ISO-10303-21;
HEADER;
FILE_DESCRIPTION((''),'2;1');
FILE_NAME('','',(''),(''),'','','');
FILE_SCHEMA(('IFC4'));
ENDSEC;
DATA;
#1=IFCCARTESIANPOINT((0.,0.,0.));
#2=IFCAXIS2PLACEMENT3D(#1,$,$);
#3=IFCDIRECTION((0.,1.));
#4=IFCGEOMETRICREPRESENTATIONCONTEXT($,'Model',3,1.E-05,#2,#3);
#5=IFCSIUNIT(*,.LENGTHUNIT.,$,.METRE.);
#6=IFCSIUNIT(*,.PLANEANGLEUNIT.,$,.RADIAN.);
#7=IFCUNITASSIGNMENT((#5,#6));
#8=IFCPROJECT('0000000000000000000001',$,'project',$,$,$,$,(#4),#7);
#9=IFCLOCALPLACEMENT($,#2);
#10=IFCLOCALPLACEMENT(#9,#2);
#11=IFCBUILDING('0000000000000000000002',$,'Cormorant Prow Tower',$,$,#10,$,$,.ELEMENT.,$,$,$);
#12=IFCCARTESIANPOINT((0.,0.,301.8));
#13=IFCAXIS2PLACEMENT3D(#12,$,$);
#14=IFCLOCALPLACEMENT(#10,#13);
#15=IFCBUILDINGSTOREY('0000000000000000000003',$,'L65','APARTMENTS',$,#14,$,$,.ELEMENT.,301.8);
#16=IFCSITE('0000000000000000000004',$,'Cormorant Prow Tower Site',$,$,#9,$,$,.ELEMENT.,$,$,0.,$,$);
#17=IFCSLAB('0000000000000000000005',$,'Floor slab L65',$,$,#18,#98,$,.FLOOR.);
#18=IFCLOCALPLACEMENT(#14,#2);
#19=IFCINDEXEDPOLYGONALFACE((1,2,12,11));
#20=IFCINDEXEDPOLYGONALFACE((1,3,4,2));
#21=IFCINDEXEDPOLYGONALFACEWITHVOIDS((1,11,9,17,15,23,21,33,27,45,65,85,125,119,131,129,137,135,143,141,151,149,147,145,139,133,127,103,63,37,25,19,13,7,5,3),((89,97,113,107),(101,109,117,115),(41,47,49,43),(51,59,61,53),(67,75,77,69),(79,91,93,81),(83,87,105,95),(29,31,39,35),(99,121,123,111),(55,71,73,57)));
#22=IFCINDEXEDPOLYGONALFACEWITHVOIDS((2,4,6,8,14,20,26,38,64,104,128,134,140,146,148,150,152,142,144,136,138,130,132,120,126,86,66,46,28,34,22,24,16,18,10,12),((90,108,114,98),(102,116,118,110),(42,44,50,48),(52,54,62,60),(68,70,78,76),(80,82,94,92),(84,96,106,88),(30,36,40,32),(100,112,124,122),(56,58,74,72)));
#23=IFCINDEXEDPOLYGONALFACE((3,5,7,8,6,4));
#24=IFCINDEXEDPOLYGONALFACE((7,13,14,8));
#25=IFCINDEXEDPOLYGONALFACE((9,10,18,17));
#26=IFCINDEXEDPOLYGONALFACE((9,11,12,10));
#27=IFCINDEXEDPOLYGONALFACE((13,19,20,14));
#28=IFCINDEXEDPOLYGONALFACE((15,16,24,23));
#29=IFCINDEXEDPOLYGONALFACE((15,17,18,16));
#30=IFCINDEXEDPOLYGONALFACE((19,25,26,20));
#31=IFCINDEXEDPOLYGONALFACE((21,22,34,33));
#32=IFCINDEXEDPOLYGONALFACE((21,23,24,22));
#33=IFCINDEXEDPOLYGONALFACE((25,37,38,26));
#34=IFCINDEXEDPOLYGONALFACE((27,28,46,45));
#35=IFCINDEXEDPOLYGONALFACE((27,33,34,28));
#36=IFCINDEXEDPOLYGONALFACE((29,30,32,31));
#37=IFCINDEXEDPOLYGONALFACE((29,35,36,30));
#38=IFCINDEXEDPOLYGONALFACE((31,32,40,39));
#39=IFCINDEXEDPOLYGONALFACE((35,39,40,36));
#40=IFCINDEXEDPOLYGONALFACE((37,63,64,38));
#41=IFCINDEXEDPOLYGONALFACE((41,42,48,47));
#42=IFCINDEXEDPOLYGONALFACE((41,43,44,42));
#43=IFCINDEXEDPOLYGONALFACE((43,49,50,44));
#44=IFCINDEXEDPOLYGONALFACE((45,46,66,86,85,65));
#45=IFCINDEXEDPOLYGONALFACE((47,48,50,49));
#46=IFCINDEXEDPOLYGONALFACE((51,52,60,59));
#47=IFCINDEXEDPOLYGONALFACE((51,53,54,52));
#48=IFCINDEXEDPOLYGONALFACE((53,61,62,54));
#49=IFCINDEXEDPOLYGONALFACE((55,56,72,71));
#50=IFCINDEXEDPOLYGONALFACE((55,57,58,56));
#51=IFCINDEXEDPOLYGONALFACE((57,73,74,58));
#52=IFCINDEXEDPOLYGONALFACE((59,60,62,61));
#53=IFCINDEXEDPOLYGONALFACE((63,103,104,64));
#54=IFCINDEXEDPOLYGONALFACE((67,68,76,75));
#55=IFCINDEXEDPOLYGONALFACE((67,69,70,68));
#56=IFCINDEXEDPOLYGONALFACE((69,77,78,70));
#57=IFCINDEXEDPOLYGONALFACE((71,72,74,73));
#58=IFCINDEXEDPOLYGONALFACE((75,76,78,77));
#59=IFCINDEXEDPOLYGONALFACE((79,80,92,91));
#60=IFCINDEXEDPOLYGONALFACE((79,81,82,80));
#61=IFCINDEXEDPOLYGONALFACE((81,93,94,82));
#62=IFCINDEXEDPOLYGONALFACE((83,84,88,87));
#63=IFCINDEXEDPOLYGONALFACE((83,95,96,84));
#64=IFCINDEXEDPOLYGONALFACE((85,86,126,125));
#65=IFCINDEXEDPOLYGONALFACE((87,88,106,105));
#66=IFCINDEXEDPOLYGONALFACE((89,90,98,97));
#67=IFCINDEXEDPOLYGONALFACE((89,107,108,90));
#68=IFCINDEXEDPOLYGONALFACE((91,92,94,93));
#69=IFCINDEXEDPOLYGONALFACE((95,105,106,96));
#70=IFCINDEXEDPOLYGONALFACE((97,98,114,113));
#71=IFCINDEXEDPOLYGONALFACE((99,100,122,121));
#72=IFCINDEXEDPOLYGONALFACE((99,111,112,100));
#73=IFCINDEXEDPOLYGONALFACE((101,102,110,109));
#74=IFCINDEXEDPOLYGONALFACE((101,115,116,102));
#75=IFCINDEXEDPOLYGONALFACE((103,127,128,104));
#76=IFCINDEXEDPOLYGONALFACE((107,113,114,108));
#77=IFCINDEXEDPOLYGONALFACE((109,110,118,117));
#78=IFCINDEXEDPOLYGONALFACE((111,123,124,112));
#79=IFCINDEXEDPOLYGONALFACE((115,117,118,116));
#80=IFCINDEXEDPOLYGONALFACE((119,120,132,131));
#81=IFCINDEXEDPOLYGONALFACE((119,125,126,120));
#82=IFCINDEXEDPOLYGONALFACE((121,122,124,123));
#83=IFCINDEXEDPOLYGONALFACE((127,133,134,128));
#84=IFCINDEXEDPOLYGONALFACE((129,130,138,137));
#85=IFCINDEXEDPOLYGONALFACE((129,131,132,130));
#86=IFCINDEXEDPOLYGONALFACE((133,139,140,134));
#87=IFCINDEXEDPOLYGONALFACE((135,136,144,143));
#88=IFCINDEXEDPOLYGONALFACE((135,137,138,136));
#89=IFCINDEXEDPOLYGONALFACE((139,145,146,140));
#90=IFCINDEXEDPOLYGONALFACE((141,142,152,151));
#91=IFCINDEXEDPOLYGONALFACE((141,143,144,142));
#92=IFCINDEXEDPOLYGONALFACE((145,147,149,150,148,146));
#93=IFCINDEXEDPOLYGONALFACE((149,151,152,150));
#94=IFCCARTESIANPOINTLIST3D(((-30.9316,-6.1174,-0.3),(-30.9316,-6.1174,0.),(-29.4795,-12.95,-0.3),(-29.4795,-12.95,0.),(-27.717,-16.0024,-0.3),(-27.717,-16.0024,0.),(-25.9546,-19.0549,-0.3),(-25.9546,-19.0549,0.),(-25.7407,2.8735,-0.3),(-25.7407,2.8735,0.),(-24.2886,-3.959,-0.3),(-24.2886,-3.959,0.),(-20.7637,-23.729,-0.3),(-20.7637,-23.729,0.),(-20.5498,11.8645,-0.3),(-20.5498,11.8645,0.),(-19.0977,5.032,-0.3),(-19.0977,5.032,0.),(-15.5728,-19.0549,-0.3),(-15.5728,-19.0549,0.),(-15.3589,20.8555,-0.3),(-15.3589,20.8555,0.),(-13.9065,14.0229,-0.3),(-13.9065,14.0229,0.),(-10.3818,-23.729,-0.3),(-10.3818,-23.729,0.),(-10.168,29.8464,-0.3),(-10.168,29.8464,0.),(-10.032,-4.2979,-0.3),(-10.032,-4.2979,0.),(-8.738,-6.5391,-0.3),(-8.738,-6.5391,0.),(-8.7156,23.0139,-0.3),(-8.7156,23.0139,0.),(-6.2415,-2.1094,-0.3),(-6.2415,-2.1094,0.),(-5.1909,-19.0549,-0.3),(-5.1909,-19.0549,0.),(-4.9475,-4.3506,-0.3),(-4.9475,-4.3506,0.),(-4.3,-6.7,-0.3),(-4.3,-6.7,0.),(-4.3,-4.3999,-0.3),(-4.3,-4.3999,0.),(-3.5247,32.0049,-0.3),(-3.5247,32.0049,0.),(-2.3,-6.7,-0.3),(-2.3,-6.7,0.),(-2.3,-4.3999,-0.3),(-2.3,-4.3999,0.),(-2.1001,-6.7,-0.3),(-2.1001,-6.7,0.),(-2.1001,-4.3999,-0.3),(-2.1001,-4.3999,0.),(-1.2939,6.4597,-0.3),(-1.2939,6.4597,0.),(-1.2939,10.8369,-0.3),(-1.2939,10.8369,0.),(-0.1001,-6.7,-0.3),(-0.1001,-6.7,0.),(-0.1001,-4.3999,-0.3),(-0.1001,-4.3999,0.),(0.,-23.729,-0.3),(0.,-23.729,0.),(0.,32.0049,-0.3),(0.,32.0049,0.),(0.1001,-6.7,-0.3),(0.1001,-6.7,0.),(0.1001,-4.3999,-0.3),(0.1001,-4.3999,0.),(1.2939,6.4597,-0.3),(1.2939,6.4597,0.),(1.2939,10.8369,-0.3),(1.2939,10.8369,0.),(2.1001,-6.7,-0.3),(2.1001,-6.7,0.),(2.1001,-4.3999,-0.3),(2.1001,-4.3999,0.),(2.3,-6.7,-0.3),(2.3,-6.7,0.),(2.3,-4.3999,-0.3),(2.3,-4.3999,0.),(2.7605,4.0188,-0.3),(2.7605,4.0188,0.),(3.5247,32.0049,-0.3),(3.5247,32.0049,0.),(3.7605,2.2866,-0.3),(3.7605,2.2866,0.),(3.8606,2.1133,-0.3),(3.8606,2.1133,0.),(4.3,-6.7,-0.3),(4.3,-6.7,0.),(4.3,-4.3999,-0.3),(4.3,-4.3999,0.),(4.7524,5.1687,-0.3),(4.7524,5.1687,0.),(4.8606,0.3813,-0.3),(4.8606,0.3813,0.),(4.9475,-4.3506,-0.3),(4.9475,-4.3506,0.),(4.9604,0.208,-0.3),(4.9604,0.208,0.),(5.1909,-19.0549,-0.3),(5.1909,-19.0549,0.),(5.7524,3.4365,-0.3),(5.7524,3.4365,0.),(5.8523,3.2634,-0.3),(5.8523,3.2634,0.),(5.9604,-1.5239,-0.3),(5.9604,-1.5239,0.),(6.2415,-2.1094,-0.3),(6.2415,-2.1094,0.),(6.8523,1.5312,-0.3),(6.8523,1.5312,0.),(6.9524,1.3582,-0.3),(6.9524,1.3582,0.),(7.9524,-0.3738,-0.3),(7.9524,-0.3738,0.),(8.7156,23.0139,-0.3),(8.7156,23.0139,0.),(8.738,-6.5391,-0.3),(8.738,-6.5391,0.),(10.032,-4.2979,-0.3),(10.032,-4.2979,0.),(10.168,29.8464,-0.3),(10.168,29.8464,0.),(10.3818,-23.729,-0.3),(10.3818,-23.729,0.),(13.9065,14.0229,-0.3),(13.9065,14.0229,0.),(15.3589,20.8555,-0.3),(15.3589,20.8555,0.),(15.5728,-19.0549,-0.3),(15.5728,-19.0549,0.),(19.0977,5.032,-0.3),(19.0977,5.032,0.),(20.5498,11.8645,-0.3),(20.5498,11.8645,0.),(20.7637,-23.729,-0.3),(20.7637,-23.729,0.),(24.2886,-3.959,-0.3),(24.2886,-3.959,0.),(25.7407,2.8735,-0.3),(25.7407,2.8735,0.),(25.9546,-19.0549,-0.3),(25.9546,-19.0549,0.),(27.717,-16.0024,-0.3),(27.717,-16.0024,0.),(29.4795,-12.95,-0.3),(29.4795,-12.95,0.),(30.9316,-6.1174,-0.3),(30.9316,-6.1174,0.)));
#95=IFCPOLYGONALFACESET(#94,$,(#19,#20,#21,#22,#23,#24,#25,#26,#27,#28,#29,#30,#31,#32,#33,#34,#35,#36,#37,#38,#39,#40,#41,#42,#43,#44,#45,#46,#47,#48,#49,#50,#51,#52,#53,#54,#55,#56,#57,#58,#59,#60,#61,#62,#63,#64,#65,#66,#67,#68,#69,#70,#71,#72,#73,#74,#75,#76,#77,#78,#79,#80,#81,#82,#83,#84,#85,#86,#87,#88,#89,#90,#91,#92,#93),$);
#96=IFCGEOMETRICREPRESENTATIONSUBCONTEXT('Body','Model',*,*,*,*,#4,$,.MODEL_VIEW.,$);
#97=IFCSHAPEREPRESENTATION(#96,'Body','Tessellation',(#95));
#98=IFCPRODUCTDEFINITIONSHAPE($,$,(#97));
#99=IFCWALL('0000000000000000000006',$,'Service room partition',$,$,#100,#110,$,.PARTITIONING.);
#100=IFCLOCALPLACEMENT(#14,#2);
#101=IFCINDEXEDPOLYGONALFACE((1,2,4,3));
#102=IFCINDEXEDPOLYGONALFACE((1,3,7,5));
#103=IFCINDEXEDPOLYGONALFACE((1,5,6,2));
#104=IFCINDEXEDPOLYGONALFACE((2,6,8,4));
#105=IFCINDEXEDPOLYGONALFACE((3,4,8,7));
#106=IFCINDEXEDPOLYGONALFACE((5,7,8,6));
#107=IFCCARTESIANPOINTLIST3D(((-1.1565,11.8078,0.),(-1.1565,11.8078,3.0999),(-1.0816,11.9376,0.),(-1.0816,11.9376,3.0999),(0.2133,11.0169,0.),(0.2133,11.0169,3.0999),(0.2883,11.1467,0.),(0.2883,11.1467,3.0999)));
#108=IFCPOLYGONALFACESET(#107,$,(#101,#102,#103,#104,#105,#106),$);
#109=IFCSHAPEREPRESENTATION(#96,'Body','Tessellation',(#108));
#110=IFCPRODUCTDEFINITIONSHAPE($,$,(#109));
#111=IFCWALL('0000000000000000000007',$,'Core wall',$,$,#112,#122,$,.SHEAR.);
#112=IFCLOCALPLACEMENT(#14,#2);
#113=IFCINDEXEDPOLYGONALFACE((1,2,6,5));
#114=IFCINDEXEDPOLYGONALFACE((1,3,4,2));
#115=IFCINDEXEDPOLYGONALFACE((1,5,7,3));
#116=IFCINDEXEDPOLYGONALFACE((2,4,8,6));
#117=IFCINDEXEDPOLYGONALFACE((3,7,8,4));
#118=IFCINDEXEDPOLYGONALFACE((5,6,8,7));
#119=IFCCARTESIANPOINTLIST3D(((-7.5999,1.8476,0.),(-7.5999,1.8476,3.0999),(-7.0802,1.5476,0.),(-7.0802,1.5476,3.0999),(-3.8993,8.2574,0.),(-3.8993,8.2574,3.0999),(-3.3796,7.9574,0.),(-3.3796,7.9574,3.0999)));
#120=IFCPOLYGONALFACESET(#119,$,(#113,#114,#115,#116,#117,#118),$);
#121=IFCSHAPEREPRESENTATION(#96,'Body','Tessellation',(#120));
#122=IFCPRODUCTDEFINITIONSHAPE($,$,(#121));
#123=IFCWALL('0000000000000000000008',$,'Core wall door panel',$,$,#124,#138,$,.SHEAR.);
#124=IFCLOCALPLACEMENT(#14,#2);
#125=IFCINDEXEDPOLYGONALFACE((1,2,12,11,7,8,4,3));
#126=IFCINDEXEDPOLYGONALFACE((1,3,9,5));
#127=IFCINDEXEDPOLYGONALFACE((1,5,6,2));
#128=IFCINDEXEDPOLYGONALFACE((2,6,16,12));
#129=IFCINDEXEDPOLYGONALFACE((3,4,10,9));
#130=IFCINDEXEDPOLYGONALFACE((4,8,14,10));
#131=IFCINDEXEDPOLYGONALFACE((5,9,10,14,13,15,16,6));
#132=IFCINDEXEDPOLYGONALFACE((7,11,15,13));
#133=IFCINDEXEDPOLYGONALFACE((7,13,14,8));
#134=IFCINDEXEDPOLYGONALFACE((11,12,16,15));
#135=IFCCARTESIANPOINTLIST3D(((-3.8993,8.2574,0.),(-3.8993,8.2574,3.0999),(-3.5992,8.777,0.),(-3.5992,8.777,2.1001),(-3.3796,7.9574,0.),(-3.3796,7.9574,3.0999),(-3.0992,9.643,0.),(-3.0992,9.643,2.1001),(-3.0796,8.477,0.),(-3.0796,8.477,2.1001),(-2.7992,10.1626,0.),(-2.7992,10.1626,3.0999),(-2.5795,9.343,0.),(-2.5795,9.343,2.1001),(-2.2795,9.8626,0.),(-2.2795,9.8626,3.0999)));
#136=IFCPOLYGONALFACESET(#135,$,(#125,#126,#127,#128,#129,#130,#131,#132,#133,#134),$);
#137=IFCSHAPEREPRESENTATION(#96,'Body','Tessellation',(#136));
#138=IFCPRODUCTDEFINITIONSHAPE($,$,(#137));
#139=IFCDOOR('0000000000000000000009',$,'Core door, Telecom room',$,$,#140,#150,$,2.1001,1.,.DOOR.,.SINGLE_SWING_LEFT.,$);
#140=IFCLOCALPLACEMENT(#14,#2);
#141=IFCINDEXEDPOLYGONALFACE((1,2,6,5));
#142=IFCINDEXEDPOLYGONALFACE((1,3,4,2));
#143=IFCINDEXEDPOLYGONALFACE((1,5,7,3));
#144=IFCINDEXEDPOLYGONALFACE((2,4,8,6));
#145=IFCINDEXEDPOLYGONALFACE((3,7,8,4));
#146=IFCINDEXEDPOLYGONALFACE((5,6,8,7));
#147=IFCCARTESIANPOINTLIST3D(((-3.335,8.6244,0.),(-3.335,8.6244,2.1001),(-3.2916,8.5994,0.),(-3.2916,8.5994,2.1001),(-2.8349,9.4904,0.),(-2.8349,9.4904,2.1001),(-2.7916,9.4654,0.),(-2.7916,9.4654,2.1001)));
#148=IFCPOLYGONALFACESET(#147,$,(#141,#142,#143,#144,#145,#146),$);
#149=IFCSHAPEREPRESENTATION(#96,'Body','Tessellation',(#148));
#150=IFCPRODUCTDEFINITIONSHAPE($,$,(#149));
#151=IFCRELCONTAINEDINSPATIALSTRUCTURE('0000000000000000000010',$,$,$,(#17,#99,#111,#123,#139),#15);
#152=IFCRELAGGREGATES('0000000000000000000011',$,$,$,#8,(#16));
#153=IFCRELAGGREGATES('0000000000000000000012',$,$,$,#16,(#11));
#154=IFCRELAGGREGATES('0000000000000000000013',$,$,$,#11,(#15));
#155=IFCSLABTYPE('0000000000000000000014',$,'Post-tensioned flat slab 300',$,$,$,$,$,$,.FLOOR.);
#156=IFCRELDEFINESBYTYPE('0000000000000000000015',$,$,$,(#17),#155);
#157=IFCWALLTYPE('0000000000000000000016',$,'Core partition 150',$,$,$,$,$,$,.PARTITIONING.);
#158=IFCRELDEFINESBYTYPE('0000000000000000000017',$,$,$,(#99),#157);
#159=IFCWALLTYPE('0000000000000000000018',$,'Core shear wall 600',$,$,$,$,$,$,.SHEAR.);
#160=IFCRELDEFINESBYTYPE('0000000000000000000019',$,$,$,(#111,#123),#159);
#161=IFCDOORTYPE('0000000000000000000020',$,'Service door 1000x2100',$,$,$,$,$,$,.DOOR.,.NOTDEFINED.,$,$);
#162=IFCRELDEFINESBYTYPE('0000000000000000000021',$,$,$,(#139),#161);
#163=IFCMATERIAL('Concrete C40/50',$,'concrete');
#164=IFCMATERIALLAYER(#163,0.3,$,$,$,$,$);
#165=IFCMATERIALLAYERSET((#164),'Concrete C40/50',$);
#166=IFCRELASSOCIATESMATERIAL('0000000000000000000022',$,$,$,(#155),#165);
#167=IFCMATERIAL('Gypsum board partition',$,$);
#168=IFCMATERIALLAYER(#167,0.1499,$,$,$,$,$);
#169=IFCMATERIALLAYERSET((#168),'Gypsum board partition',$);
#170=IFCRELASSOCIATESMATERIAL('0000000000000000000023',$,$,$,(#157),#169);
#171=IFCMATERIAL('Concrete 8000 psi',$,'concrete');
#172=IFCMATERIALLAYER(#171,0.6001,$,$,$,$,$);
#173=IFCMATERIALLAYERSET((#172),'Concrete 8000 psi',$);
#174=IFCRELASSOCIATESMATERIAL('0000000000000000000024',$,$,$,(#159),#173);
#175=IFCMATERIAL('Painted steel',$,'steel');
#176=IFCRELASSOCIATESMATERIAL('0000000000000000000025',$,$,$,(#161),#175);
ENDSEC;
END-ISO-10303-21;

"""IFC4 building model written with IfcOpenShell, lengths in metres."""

from ifc_helpers import new_model, si_unit, direction, frame, frame_2d, origin, place, context, subcontext, project, spatial, polyline, rectangle, outline, extrude, material, layer, layer_set, type_object, element, fill, save


model = new_model("IFC4")

# Units and contexts
model_context = context("Model", 3, precision=1e-05, world=origin(), true_north=direction((0.0, 1.0)))
body_context = subcontext(model_context, "Body", "Model", "MODEL_VIEW")
ifc_project = project(units=[si_unit("LENGTHUNIT", "METRE"), si_unit("PLANEANGLEUNIT", "RADIAN")], contexts=[model_context])

# Site, building, storey
site_placement = place(None, origin())
site = spatial("IfcSite", under=ifc_project, at=site_placement, Name="Cormorant Prow Tower Site", CompositionType="ELEMENT", RefElevation=0.0)
building_placement = place(site_placement, origin())
building = spatial("IfcBuilding", under=site, at=building_placement, Name="Cormorant Prow Tower", CompositionType="ELEMENT")
storey_placement = place(building_placement, frame((0.0, 0.0, 301.8)))
storey = spatial("IfcBuildingStorey", under=building, at=storey_placement, Name="L65", Description="APARTMENTS", CompositionType="ELEMENT", Elevation=301.8)

# Slab
ifc_material_1 = material(Name="Concrete C40/50", Category="concrete")
ifc_layer_1 = layer(ifc_material_1, 0.3)
ifc_layer_set_1 = layer_set([ifc_layer_1], Name="Concrete C40/50")
slab_type_1 = type_object("IfcSlabType", Name="Post-tensioned flat slab 300", PredefinedType="FLOOR", material=ifc_layer_set_1)
slab_1_placement = place(storey_placement, frame((0.0, 0.0, -0.3)))
element("IfcSlab", 1, at=slab_1_placement, inside=storey, type_object=slab_type_1, Name="Floor slab L65", PredefinedType="FLOOR", context=body_context, shape_type="SweptSolid", body=[
    extrude(outline(polyline([(-8.7156, 23.0139), (-15.3589, 20.8555), (-13.9065, 14.0229), (-20.5498, 11.8645), (-19.0977, 5.032), (-25.7407, 2.8735), (-24.2886, -3.959), (-30.9316, -6.1174), (-29.4795, -12.95), (-27.717, -16.0024), (-25.9546, -19.0549), (-20.7637, -23.729), (-15.5728, -19.0549), (-10.3818, -23.729), (-5.1909, -19.0549), (0.0, -23.729), (5.1909, -19.0549), (10.3818, -23.729), (15.5728, -19.0549), (20.7637, -23.729), (25.9546, -19.0549), (27.717, -16.0024), (29.4795, -12.95), (30.9316, -6.1174), (24.2886, -3.959), (25.7407, 2.8735), (19.0977, 5.032), (20.5498, 11.8645), (13.9065, 14.0229), (15.3589, 20.8555), (8.7156, 23.0139), (10.168, 29.8464), (3.5247, 32.0049), (0.0, 32.0049), (-3.5247, 32.0049), (-10.168, 29.8464), (-8.7156, 23.0139)]), holes=[polyline([(-4.3, -4.3999), (-2.3, -4.3999), (-2.3, -6.7), (-4.3, -6.7), (-4.3, -4.3999)]), polyline([(-0.1001, -4.3999), (-0.1001, -6.7), (-2.1001, -6.7), (-2.1001, -4.3999), (-0.1001, -4.3999)]), polyline([(2.1001, -6.7), (0.1001, -6.7), (0.1001, -4.3999), (2.1001, -4.3999), (2.1001, -6.7)]), polyline([(2.3, -6.7), (2.3, -4.3999), (4.3, -4.3999), (4.3, -6.7), (2.3, -6.7)]), polyline([(5.9604, -1.5239), (4.9604, 0.208), (6.9524, 1.3582), (7.9524, -0.3738), (5.9604, -1.5239)]), polyline([(3.8606, 2.1133), (5.8523, 3.2634), (6.8523, 1.5312), (4.8606, 0.3813), (3.8606, 2.1133)]), polyline([(4.7524, 5.1687), (5.7524, 3.4365), (3.7605, 2.2866), (2.7605, 4.0188), (4.7524, 5.1687)]), polyline([(-4.9475, -4.3506), (-8.738, -6.5391), (-10.032, -4.2979), (-6.2415, -2.1094), (-4.9475, -4.3506)]), polyline([(10.032, -4.2979), (8.738, -6.5391), (4.9475, -4.3506), (6.2415, -2.1094), (10.032, -4.2979)]), polyline([(1.2939, 10.8369), (1.2939, 6.4597), (-1.2939, 6.4597), (-1.2939, 10.8369), (1.2939, 10.8369)])]), origin(), (0.0, 0.0, 1.0), 0.3),
])

# Walls
ifc_material_2 = material(Name="Gypsum board partition")
ifc_layer_2 = layer(ifc_material_2, 0.1499)
ifc_layer_set_2 = layer_set([ifc_layer_2], Name="Gypsum board partition")
wall_type_1 = type_object("IfcWallType", Name="Core partition 150", PredefinedType="PARTITIONING", material=ifc_layer_set_2)
wall_1_placement = place(storey_placement, frame((-1.1191, 11.8728, 0.0), z_axis=(0.0, 0.0, 1.0), x_axis=(0.865993, -0.500056, 0.0)))
element("IfcWall", 2, at=wall_1_placement, inside=storey, type_object=wall_type_1, Name="Service room partition", PredefinedType="PARTITIONING", context=body_context, shape_type="SweptSolid", body=[
    extrude(rectangle(XDim=1.5818, YDim=0.1499, at=frame_2d((0.791, 0.0))), origin(), (0.0, 0.0, 1.0), 3.0999),
])
ifc_material_3 = material(Name="Concrete 8000 psi", Category="concrete")
ifc_layer_3 = layer(ifc_material_3, 0.6001)
ifc_layer_set_3 = layer_set([ifc_layer_3], Name="Concrete 8000 psi")
wall_type_2 = type_object("IfcWallType", Name="Core shear wall 600", PredefinedType="SHEAR", material=ifc_layer_set_3)
wall_2_placement = place(storey_placement, frame((-3.6394, 8.1074, 0.0), z_axis=(0.0, 0.0, 1.0), x_axis=(-0.499992, -0.86603, 0.0)))
element("IfcWall", 3, at=wall_2_placement, inside=storey, type_object=wall_type_2, Name="Core wall", PredefinedType="SHEAR", context=body_context, shape_type="SweptSolid", body=[
    extrude(rectangle(XDim=7.4014, YDim=0.6001, at=frame_2d((3.7007, 0.0))), origin(), (0.0, 0.0, 1.0), 3.0999),
])

# Wall, opening, door
wall_3_placement = place(storey_placement, frame((-2.5393, 10.0127, 0.0), z_axis=(0.0, 0.0, 1.0), x_axis=(-0.50003, -0.866008, 0.0)))
wall_3 = element("IfcWall", 4, at=wall_3_placement, inside=storey, type_object=wall_type_2, Name="Core wall door panel", PredefinedType="SHEAR", context=body_context, shape_type="SweptSolid", body=[
    extrude(rectangle(XDim=2.2, YDim=0.6001, at=frame_2d((1.1001, 0.0))), origin(), (0.0, 0.0, 1.0), 3.0999),
])
opening_1_placement = place(wall_3_placement, frame((0.6001, 0.0, 0.0)))
opening_1 = element("IfcOpeningElement", 5, at=opening_1_placement, cuts=wall_3, PredefinedType="OPENING", context=body_context, shape_type="SweptSolid", body=[
    extrude(rectangle(XDim=1.0, YDim=2.1001, at=frame_2d((0.5, 1.05))), frame((0.0, 0.3101, 0.0), z_axis=(0.0, -1.0, 0.0), x_axis=(1.0, 0.0, 0.0)), (0.0, 0.0, 1.0), 0.6201),
])
ifc_material_4 = material(Name="Painted steel", Category="steel")
door_type_1 = type_object("IfcDoorType", Name="Service door 1000x2100", OperationType="NOTDEFINED", PredefinedType="DOOR", material=ifc_material_4)
door_1_placement = place(opening_1_placement, origin())
door_1 = element("IfcDoor", 6, at=door_1_placement, inside=storey, type_object=door_type_1, Name="Core door, Telecom room", OperationType="SINGLE_SWING_LEFT", OverallHeight=2.1001, OverallWidth=1.0, PredefinedType="DOOR", context=body_context, shape_type="SweptSolid", body=[
    extrude(rectangle(XDim=1.0, YDim=2.1001, at=frame_2d((0.5, 1.05))), frame((0.0, 0.0552, 0.0), z_axis=(0.0, -1.0, 0.0), x_axis=(1.0, 0.0, 0.0)), (0.0, 0.0, 1.0), 0.05),
])
fill(opening_1, door_1)

save(model, "model.ifc")
